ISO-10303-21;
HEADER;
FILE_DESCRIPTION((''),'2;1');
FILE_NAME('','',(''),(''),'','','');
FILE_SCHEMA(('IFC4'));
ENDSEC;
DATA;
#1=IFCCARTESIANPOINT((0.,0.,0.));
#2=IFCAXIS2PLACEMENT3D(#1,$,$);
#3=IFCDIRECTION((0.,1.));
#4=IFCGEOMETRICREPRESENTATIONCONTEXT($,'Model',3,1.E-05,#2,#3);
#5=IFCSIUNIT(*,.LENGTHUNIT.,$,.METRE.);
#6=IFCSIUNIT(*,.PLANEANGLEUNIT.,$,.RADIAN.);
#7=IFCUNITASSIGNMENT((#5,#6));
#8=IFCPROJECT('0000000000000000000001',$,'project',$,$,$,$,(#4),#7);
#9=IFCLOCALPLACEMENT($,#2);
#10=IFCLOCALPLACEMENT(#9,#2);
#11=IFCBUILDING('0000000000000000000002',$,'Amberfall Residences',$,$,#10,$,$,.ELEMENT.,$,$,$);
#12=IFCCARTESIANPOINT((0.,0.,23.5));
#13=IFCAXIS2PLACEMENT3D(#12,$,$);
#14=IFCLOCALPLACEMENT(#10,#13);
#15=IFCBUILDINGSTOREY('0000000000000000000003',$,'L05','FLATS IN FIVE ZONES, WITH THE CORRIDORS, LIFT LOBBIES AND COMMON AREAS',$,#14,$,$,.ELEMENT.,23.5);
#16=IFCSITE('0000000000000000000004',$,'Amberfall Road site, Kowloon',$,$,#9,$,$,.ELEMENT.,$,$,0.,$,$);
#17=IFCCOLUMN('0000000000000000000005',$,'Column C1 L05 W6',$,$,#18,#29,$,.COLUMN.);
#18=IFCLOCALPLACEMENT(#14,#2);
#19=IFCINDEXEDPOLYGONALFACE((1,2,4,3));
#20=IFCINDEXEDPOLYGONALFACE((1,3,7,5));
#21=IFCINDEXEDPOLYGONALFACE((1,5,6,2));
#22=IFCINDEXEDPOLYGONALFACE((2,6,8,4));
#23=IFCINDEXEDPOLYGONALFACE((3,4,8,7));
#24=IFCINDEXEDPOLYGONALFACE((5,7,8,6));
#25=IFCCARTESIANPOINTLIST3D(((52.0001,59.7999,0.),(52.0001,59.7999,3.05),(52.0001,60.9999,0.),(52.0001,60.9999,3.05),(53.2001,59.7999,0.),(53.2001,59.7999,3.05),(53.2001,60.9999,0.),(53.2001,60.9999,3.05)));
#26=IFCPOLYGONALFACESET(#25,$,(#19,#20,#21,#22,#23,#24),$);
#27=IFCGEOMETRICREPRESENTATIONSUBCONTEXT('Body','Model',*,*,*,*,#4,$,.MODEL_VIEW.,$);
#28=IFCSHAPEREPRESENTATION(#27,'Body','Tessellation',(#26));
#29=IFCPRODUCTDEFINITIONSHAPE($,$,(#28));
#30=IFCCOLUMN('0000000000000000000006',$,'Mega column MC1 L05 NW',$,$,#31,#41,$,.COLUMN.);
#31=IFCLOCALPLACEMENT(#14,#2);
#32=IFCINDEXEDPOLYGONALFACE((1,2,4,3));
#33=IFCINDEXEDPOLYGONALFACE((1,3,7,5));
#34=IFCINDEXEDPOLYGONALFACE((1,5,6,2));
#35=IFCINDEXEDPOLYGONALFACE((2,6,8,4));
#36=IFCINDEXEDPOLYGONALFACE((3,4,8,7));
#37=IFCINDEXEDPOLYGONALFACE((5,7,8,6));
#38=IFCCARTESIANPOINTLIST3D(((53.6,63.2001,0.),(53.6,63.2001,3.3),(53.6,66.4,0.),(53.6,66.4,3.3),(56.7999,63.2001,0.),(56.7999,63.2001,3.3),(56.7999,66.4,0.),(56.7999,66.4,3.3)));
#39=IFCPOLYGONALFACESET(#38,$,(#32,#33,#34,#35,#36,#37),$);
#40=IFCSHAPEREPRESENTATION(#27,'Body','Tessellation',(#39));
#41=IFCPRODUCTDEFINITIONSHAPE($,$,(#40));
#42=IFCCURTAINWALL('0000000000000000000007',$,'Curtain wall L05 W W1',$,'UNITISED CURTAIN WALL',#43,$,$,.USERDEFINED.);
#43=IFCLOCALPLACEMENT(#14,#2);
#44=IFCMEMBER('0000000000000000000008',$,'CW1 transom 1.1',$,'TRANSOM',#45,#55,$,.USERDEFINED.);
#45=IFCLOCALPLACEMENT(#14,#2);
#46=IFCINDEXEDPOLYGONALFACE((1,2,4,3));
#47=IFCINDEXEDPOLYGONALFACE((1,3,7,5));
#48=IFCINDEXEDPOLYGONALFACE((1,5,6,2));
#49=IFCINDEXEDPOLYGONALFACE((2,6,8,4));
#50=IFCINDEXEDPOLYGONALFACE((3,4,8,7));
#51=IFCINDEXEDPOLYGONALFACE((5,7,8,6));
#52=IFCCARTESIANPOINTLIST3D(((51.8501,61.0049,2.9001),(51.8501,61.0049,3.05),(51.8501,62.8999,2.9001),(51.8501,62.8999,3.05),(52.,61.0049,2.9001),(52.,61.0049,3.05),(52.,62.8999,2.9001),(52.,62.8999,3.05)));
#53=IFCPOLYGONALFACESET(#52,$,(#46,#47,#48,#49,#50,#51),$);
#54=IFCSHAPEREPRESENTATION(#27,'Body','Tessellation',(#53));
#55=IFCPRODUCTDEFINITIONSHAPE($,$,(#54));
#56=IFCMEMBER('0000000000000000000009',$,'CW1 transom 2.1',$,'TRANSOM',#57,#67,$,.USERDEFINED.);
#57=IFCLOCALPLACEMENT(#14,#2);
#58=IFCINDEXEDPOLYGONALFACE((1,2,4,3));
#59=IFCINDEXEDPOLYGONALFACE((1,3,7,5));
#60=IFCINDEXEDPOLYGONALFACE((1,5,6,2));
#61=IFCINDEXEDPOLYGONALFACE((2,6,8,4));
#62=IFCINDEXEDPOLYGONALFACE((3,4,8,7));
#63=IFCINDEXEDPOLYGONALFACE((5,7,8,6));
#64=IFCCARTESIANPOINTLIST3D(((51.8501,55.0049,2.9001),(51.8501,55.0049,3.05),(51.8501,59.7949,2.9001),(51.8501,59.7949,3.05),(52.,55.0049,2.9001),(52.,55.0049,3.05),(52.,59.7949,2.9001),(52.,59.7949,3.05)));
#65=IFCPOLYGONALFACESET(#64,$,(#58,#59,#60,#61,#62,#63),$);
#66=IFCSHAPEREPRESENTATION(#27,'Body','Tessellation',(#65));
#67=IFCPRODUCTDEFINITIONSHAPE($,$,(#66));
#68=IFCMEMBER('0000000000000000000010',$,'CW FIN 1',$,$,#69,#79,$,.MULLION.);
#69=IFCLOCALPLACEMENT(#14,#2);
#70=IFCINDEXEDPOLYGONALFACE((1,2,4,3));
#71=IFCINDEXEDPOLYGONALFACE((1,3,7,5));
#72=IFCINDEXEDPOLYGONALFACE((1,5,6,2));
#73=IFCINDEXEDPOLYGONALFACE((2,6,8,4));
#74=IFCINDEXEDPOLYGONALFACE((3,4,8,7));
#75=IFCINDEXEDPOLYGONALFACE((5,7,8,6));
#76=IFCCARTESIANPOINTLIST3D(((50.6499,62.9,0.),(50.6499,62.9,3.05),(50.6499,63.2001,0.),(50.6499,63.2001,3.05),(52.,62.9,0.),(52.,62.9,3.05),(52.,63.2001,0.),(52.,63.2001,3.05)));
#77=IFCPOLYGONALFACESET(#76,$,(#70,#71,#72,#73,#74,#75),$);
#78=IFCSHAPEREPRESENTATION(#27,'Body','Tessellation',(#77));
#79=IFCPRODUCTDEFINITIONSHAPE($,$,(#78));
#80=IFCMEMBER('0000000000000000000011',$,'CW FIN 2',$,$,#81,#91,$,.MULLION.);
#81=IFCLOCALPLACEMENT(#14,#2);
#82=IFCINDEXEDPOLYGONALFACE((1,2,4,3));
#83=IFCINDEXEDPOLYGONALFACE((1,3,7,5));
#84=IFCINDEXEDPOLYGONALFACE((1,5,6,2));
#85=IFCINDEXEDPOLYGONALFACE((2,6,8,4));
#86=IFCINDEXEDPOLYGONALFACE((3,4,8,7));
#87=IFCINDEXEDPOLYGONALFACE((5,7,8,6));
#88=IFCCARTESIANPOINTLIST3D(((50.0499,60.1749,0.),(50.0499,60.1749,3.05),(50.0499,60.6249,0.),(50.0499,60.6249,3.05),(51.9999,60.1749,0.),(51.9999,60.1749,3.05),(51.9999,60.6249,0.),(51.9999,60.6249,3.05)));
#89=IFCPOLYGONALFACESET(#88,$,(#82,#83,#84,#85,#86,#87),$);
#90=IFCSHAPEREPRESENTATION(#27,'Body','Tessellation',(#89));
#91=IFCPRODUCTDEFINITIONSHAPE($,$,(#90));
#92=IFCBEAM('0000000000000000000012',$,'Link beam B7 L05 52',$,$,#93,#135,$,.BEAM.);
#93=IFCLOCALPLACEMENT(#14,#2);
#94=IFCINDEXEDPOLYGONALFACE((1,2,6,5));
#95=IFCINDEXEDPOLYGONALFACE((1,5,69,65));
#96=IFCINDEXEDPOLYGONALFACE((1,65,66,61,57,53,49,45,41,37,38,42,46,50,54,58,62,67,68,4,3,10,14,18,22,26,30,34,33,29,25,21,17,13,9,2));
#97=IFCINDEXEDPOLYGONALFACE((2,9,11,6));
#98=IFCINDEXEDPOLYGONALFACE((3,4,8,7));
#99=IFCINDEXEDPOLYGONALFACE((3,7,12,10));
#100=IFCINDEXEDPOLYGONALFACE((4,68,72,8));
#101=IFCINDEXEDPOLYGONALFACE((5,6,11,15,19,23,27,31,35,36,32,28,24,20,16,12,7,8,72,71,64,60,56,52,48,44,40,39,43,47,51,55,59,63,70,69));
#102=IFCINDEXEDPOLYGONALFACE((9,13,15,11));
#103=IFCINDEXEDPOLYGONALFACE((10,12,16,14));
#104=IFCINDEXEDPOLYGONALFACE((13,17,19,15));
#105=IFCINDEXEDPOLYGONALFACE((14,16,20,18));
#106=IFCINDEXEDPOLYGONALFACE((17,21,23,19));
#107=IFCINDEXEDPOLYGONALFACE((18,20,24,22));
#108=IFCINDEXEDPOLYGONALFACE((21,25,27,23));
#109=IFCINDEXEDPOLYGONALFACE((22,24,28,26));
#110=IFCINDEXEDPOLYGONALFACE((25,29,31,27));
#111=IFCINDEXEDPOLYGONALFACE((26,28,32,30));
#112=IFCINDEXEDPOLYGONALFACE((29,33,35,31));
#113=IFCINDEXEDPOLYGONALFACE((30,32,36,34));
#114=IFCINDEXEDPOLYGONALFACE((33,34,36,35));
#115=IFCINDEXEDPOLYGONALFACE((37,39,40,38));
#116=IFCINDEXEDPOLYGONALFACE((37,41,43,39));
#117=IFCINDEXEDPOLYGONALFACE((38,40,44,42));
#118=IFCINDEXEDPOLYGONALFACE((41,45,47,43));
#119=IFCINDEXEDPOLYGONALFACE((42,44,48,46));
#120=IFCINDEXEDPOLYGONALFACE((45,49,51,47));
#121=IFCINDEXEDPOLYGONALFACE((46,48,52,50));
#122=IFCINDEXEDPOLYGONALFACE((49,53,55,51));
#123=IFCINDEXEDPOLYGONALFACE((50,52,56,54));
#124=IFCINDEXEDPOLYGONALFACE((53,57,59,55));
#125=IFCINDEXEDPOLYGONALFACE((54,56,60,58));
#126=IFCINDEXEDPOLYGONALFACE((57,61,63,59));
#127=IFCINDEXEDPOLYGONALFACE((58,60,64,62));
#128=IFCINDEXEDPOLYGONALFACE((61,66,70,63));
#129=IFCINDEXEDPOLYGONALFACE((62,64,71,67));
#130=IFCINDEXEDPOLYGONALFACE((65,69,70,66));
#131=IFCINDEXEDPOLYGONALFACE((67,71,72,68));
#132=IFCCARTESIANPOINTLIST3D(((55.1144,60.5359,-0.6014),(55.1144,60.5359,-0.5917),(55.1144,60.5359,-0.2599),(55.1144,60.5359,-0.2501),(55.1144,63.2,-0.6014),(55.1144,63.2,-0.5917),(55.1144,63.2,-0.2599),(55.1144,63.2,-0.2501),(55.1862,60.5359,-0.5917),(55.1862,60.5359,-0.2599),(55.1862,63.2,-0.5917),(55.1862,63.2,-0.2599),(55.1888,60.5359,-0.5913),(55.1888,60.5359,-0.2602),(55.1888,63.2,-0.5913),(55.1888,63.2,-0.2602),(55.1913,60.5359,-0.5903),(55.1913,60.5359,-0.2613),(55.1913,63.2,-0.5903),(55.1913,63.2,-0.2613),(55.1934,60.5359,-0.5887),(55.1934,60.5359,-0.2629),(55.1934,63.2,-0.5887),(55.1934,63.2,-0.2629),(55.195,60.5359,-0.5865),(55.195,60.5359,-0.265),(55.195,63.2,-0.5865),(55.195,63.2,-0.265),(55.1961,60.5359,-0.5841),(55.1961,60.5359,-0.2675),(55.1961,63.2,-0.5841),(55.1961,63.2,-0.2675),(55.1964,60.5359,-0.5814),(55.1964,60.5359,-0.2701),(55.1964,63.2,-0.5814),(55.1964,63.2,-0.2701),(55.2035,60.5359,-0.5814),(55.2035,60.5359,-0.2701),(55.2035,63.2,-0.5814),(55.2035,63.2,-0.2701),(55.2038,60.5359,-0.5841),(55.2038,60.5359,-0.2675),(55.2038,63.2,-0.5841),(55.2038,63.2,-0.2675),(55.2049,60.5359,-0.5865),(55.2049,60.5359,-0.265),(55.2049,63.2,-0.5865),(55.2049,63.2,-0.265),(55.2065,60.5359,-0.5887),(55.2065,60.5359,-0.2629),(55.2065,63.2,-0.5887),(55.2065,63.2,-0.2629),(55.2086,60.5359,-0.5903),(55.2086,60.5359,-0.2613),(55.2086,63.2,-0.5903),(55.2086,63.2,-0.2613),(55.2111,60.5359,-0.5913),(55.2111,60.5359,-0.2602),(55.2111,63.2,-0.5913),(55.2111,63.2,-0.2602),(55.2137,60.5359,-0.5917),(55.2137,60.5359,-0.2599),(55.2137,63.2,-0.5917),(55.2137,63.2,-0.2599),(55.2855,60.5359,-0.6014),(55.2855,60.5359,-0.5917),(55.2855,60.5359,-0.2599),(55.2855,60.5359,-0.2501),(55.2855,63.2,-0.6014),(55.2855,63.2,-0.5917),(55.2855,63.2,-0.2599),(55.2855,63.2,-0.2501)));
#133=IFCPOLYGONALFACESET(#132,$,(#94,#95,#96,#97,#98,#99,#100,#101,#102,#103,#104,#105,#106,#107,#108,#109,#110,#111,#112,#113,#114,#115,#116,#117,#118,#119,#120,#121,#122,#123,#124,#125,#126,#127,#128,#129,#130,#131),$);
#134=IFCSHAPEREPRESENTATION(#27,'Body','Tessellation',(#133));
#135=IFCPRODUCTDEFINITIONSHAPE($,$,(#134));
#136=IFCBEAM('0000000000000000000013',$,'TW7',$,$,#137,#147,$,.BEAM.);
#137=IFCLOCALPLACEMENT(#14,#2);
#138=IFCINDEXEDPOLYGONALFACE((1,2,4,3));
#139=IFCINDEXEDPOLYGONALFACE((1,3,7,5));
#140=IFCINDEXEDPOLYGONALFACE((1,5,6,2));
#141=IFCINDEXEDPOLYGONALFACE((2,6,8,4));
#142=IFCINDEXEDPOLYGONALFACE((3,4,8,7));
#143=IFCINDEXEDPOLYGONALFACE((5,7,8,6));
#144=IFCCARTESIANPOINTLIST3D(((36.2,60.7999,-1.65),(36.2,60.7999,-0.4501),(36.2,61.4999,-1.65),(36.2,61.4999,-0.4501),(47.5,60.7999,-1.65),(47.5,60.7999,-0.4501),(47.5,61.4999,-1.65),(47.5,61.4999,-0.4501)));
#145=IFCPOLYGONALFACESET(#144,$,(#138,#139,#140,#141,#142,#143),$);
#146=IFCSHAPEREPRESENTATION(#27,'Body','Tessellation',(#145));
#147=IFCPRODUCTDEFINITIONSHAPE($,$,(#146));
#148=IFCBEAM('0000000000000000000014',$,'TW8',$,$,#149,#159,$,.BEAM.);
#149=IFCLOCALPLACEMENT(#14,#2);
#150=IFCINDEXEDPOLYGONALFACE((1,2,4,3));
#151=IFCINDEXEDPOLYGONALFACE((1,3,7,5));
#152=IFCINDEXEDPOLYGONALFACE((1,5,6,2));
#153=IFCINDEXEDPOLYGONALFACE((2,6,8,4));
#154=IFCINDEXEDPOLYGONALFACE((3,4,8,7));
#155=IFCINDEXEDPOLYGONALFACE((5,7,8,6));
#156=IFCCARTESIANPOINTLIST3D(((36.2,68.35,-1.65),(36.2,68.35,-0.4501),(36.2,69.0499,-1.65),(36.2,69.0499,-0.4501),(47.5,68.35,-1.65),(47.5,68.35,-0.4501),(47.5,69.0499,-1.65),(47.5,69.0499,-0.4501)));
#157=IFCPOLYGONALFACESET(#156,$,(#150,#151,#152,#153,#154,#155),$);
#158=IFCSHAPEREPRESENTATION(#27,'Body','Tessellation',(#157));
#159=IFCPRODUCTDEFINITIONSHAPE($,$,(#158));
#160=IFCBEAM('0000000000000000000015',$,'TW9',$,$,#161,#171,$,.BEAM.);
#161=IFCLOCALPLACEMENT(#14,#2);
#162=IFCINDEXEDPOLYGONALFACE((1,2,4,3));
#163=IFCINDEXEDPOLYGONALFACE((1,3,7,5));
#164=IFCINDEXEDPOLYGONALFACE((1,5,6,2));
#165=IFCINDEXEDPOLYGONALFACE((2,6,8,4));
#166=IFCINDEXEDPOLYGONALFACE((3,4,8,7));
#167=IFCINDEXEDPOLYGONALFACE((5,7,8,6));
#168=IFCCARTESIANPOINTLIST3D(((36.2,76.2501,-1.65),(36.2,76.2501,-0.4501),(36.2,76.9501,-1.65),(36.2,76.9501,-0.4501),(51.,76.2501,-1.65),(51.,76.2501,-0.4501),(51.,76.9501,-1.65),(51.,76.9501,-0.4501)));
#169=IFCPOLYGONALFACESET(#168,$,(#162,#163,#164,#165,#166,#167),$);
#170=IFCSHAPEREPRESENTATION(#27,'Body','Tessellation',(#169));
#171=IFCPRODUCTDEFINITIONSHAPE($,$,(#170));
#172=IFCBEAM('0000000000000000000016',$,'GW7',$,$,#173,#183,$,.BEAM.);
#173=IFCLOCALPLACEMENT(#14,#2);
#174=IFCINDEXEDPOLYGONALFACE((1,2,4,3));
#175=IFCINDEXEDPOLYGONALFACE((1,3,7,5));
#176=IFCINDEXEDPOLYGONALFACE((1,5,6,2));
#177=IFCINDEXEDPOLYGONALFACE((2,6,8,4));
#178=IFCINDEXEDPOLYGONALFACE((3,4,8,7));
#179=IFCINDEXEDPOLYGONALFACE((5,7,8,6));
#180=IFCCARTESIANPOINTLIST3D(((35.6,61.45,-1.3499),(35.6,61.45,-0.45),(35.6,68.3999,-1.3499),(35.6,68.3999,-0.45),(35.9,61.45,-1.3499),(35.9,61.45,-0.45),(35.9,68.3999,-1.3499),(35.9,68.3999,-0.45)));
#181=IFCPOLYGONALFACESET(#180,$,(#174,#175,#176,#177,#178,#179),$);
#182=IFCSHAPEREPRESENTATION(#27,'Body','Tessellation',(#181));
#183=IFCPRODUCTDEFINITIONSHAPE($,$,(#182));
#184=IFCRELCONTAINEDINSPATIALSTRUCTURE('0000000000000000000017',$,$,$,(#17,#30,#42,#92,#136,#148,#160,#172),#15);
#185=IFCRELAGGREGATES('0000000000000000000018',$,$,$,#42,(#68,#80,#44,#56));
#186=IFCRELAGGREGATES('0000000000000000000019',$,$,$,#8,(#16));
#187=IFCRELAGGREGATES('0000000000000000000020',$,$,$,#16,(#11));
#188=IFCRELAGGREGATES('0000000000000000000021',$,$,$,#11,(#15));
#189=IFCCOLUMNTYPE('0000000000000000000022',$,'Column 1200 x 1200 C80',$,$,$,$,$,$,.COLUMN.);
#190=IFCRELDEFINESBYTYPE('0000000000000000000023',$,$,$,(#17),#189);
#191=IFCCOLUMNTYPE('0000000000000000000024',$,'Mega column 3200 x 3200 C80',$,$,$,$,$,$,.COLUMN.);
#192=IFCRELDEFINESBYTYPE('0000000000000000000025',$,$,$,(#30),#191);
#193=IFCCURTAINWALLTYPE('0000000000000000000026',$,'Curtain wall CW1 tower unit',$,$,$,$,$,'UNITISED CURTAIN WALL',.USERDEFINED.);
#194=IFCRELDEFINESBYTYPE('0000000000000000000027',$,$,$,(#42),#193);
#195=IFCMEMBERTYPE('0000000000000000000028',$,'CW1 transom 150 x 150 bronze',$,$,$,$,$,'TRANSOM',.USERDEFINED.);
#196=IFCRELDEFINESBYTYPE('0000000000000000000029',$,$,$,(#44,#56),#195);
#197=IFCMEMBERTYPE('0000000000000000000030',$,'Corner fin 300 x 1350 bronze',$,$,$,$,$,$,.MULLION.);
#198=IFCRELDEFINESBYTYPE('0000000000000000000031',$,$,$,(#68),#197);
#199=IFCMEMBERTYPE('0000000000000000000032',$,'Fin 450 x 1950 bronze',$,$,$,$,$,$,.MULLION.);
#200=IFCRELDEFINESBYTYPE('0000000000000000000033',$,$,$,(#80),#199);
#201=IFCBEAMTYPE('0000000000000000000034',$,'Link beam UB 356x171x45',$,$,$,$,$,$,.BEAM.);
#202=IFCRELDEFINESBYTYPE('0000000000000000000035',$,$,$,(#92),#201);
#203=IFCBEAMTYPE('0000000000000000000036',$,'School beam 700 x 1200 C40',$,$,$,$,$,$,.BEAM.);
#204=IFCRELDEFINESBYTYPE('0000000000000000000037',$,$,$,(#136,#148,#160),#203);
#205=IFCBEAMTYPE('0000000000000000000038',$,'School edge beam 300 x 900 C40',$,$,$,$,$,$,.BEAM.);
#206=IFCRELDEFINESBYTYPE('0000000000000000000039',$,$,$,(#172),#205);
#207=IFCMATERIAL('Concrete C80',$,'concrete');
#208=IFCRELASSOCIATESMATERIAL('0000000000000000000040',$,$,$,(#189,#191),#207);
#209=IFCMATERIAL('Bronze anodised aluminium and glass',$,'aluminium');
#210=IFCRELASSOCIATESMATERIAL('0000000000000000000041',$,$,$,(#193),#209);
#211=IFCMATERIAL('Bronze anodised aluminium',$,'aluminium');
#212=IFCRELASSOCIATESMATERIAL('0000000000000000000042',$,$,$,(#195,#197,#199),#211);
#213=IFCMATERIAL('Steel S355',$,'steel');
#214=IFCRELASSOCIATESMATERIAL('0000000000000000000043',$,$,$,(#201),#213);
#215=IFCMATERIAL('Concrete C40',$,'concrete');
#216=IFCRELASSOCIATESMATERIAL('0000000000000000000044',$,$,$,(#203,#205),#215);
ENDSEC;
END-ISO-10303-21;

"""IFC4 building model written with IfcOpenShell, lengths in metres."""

from ifc_helpers import new_model, si_unit, direction, frame, origin, origin_2d, place, context, subcontext, project, spatial, rectangle, i_section, extrude, material, material_profile, profile_set, type_object, element, aggregate, save


model = new_model("IFC4")

# Units and contexts
model_context = context("Model", 3, precision=1e-05, world=origin(), true_north=direction((0.0, 1.0)))
body_context = subcontext(model_context, "Body", "Model", "MODEL_VIEW")
ifc_project = project(units=[si_unit("LENGTHUNIT", "METRE"), si_unit("PLANEANGLEUNIT", "RADIAN")], contexts=[model_context])

# Site, building, storey
site_placement = place(None, origin())
site = spatial("IfcSite", under=ifc_project, at=site_placement, Name="Amberfall Road site, Kowloon", CompositionType="ELEMENT", RefElevation=0.0)
building_placement = place(site_placement, origin())
building = spatial("IfcBuilding", under=site, at=building_placement, Name="Amberfall Residences", CompositionType="ELEMENT")
storey_placement = place(building_placement, frame((0.0, 0.0, 23.5)))
storey = spatial("IfcBuildingStorey", under=building, at=storey_placement, Name="L05", Description="FLATS IN FIVE ZONES, WITH THE CORRIDORS, LIFT LOBBIES AND COMMON AREAS", CompositionType="ELEMENT", Elevation=23.5)

# Columns
ifc_material_1 = material(Name="Concrete C80", Category="concrete")
ifc_material_profile_1 = material_profile(ifc_material_1, rectangle(XDim=1.2, YDim=1.2, at=origin_2d()), Name="Column 1200 x 1200 C80")
ifc_profile_set_1 = profile_set([ifc_material_profile_1], Name="Concrete C80")
column_type_1 = type_object("IfcColumnType", Name="Column 1200 x 1200 C80", PredefinedType="COLUMN", material=ifc_profile_set_1)
column_1_placement = place(storey_placement, frame((52.6001, 60.3999, 0.0), z_axis=(0.0, 0.0, 1.0), x_axis=(1.0, 0.0, 0.0)))
element("IfcColumn", 1, at=column_1_placement, inside=storey, type_object=column_type_1, Name="Column C1 L05 W6", PredefinedType="COLUMN", context=body_context, shape_type="SweptSolid", body=[
    extrude(rectangle(XDim=1.2, YDim=1.2, at=origin_2d()), origin(), (0.0, 0.0, 1.0), 3.05),
])
ifc_material_profile_2 = material_profile(ifc_material_1, rectangle(XDim=3.2, YDim=3.2, at=origin_2d()), Name="Mega column 3200 x 3200 C80")
ifc_profile_set_2 = profile_set([ifc_material_profile_2], Name="Concrete C80")
column_type_2 = type_object("IfcColumnType", Name="Mega column 3200 x 3200 C80", PredefinedType="COLUMN", material=ifc_profile_set_2)
column_2_placement = place(storey_placement, frame((55.2, 64.8, 0.0), z_axis=(0.0, 0.0, 1.0), x_axis=(1.0, 0.0, 0.0)))
element("IfcColumn", 2, at=column_2_placement, inside=storey, type_object=column_type_2, Name="Mega column MC1 L05 NW", PredefinedType="COLUMN", context=body_context, shape_type="SweptSolid", body=[
    extrude(rectangle(XDim=3.2, YDim=3.2, at=origin_2d()), origin(), (0.0, 0.0, 1.0), 3.3),
])

# Curtain wall, members
ifc_material_2 = material(Name="Bronze anodised aluminium and glass", Category="aluminium")
curtain_wall_type = type_object("IfcCurtainWallType", Name="Curtain wall CW1 tower unit", ElementType="UNITISED CURTAIN WALL", PredefinedType="USERDEFINED", material=ifc_material_2)
curtain_wall_placement = place(storey_placement, origin())
curtain_wall = element("IfcCurtainWall", 3, at=curtain_wall_placement, inside=storey, type_object=curtain_wall_type, Name="Curtain wall L05 W W1", ObjectType="UNITISED CURTAIN WALL", PredefinedType="USERDEFINED")
ifc_material_3 = material(Name="Bronze anodised aluminium", Category="aluminium")
ifc_material_profile_3 = material_profile(ifc_material_3, rectangle(XDim=0.1499, YDim=0.1499, at=origin_2d()), Name="CW1 transom 150 x 150 bronze")
ifc_profile_set_3 = profile_set([ifc_material_profile_3], Name="Bronze anodised aluminium")
member_type_1 = type_object("IfcMemberType", Name="CW1 transom 150 x 150 bronze", ElementType="TRANSOM", PredefinedType="USERDEFINED", material=ifc_profile_set_3)
member_1_placement = place(storey_placement, frame((51.925, 62.8999, 2.9751), z_axis=(0.0, -1.0, 0.0), x_axis=(1.0, 0.0, 0.0)))
member_1 = element("IfcMember", 4, at=member_1_placement, type_object=member_type_1, Name="CW1 transom 1.1", ObjectType="TRANSOM", PredefinedType="USERDEFINED", context=body_context, shape_type="SweptSolid", body=[
    extrude(rectangle(XDim=0.1499, YDim=0.1499, at=origin_2d()), origin(), (0.0, 0.0, 1.0), 1.895),
])
member_2_placement = place(storey_placement, frame((51.925, 59.7949, 2.9751), z_axis=(0.0, -1.0, 0.0), x_axis=(1.0, 0.0, 0.0)))
member_2 = element("IfcMember", 5, at=member_2_placement, type_object=member_type_1, Name="CW1 transom 2.1", ObjectType="TRANSOM", PredefinedType="USERDEFINED", context=body_context, shape_type="SweptSolid", body=[
    extrude(rectangle(XDim=0.1499, YDim=0.1499, at=origin_2d()), origin(), (0.0, 0.0, 1.0), 4.79),
])
ifc_material_profile_4 = material_profile(ifc_material_3, rectangle(XDim=1.3501, YDim=0.3, at=origin_2d()), Name="Corner fin 300 x 1350 bronze")
ifc_profile_set_4 = profile_set([ifc_material_profile_4], Name="Bronze anodised aluminium")
member_type_2 = type_object("IfcMemberType", Name="Corner fin 300 x 1350 bronze", PredefinedType="MULLION", material=ifc_profile_set_4)
member_3_placement = place(storey_placement, frame((51.325, 63.05, 0.0), z_axis=(0.0, 0.0, 1.0), x_axis=(1.0, 0.0, 0.0)))
member_3 = element("IfcMember", 6, at=member_3_placement, type_object=member_type_2, Name="CW FIN 1", PredefinedType="MULLION", context=body_context, shape_type="SweptSolid", body=[
    extrude(rectangle(XDim=1.3501, YDim=0.3, at=origin_2d()), origin(), (0.0, 0.0, 1.0), 3.05),
])
ifc_material_profile_5 = material_profile(ifc_material_3, rectangle(XDim=1.95, YDim=0.45, at=origin_2d()), Name="Fin 450 x 1950 bronze")
ifc_profile_set_5 = profile_set([ifc_material_profile_5], Name="Bronze anodised aluminium")
member_type_3 = type_object("IfcMemberType", Name="Fin 450 x 1950 bronze", PredefinedType="MULLION", material=ifc_profile_set_5)
member_4_placement = place(storey_placement, frame((51.0249, 60.3999, 0.0), z_axis=(0.0, 0.0, 1.0), x_axis=(1.0, 0.0, 0.0)))
member_4 = element("IfcMember", 7, at=member_4_placement, type_object=member_type_3, Name="CW FIN 2", PredefinedType="MULLION", context=body_context, shape_type="SweptSolid", body=[
    extrude(rectangle(XDim=1.95, YDim=0.45, at=origin_2d()), origin(), (0.0, 0.0, 1.0), 3.05),
])

# Beams
ifc_material_4 = material(Name="Steel S355", Category="steel")
ifc_material_profile_6 = material_profile(ifc_material_4, i_section(OverallWidth=0.1711, OverallDepth=0.3513, WebThickness=0.0071, FlangeThickness=0.0098, FilletRadius=0.0103, at=origin_2d()), Name="UB 356x171x45")
ifc_profile_set_6 = profile_set([ifc_material_profile_6], Name="Steel S355")
beam_type_1 = type_object("IfcBeamType", Name="Link beam UB 356x171x45", PredefinedType="BEAM", material=ifc_profile_set_6)
beam_1_placement = place(storey_placement, frame((55.2, 63.2, -0.4258), z_axis=(0.0, -1.0, 0.0), x_axis=(1.0, 0.0, 0.0)))
element("IfcBeam", 8, at=beam_1_placement, inside=storey, type_object=beam_type_1, Name="Link beam B7 L05 52", PredefinedType="BEAM", context=body_context, shape_type="SweptSolid", body=[
    extrude(i_section(OverallWidth=0.1711, OverallDepth=0.3513, WebThickness=0.0071, FlangeThickness=0.0098, FilletRadius=0.0103, at=origin_2d()), origin(), (0.0, 0.0, 1.0), 2.6641),
])
ifc_material_5 = material(Name="Concrete C40", Category="concrete")
ifc_material_profile_7 = material_profile(ifc_material_5, rectangle(XDim=0.7, YDim=1.2, at=origin_2d()), Name="School beam 700 x 1200 C40")
ifc_profile_set_7 = profile_set([ifc_material_profile_7], Name="Concrete C40")
beam_type_2 = type_object("IfcBeamType", Name="School beam 700 x 1200 C40", PredefinedType="BEAM", material=ifc_profile_set_7)
for number, where, z_axis, x_axis, name in (
    (9, (36.2, 61.1499, -1.05), (1.0, 0.0, 0.0), (0.0, 1.0, 0.0), "TW7"),
    (10, (36.2, 68.7, -1.05), (1.0, 0.0, 0.0), (0.0, 1.0, 0.0), "TW8"),
):
    element("IfcBeam", number, at=place(storey_placement, frame(where, z_axis=z_axis, x_axis=x_axis)), inside=storey, type_object=beam_type_2, Name=name, PredefinedType="BEAM", context=body_context, shape_type="SweptSolid", body=[
        extrude(rectangle(XDim=0.7, YDim=1.2, at=origin_2d()), origin(), (0.0, 0.0, 1.0), 11.3),
    ])
beam_2_placement = place(storey_placement, frame((36.2, 76.6001, -1.05), z_axis=(1.0, 0.0, 0.0), x_axis=(0.0, 1.0, 0.0)))
element("IfcBeam", 11, at=beam_2_placement, inside=storey, type_object=beam_type_2, Name="TW9", PredefinedType="BEAM", context=body_context, shape_type="SweptSolid", body=[
    extrude(rectangle(XDim=0.7, YDim=1.2, at=origin_2d()), origin(), (0.0, 0.0, 1.0), 14.8),
])
ifc_material_profile_8 = material_profile(ifc_material_5, rectangle(XDim=0.3, YDim=0.8999, at=origin_2d()), Name="School edge beam 300 x 900 C40")
ifc_profile_set_8 = profile_set([ifc_material_profile_8], Name="Concrete C40")
beam_type_3 = type_object("IfcBeamType", Name="School edge beam 300 x 900 C40", PredefinedType="BEAM", material=ifc_profile_set_8)
beam_3_placement = place(storey_placement, frame((35.75, 61.45, -0.8999), z_axis=(0.0, 1.0, 0.0), x_axis=(-1.0, 0.0, 0.0)))
element("IfcBeam", 12, at=beam_3_placement, inside=storey, type_object=beam_type_3, Name="GW7", PredefinedType="BEAM", context=body_context, shape_type="SweptSolid", body=[
    extrude(rectangle(XDim=0.3, YDim=0.8999, at=origin_2d()), origin(), (0.0, 0.0, 1.0), 6.95),
])

aggregate(curtain_wall, [member_3, member_4, member_1, member_2])

save(model, "model.ifc")
